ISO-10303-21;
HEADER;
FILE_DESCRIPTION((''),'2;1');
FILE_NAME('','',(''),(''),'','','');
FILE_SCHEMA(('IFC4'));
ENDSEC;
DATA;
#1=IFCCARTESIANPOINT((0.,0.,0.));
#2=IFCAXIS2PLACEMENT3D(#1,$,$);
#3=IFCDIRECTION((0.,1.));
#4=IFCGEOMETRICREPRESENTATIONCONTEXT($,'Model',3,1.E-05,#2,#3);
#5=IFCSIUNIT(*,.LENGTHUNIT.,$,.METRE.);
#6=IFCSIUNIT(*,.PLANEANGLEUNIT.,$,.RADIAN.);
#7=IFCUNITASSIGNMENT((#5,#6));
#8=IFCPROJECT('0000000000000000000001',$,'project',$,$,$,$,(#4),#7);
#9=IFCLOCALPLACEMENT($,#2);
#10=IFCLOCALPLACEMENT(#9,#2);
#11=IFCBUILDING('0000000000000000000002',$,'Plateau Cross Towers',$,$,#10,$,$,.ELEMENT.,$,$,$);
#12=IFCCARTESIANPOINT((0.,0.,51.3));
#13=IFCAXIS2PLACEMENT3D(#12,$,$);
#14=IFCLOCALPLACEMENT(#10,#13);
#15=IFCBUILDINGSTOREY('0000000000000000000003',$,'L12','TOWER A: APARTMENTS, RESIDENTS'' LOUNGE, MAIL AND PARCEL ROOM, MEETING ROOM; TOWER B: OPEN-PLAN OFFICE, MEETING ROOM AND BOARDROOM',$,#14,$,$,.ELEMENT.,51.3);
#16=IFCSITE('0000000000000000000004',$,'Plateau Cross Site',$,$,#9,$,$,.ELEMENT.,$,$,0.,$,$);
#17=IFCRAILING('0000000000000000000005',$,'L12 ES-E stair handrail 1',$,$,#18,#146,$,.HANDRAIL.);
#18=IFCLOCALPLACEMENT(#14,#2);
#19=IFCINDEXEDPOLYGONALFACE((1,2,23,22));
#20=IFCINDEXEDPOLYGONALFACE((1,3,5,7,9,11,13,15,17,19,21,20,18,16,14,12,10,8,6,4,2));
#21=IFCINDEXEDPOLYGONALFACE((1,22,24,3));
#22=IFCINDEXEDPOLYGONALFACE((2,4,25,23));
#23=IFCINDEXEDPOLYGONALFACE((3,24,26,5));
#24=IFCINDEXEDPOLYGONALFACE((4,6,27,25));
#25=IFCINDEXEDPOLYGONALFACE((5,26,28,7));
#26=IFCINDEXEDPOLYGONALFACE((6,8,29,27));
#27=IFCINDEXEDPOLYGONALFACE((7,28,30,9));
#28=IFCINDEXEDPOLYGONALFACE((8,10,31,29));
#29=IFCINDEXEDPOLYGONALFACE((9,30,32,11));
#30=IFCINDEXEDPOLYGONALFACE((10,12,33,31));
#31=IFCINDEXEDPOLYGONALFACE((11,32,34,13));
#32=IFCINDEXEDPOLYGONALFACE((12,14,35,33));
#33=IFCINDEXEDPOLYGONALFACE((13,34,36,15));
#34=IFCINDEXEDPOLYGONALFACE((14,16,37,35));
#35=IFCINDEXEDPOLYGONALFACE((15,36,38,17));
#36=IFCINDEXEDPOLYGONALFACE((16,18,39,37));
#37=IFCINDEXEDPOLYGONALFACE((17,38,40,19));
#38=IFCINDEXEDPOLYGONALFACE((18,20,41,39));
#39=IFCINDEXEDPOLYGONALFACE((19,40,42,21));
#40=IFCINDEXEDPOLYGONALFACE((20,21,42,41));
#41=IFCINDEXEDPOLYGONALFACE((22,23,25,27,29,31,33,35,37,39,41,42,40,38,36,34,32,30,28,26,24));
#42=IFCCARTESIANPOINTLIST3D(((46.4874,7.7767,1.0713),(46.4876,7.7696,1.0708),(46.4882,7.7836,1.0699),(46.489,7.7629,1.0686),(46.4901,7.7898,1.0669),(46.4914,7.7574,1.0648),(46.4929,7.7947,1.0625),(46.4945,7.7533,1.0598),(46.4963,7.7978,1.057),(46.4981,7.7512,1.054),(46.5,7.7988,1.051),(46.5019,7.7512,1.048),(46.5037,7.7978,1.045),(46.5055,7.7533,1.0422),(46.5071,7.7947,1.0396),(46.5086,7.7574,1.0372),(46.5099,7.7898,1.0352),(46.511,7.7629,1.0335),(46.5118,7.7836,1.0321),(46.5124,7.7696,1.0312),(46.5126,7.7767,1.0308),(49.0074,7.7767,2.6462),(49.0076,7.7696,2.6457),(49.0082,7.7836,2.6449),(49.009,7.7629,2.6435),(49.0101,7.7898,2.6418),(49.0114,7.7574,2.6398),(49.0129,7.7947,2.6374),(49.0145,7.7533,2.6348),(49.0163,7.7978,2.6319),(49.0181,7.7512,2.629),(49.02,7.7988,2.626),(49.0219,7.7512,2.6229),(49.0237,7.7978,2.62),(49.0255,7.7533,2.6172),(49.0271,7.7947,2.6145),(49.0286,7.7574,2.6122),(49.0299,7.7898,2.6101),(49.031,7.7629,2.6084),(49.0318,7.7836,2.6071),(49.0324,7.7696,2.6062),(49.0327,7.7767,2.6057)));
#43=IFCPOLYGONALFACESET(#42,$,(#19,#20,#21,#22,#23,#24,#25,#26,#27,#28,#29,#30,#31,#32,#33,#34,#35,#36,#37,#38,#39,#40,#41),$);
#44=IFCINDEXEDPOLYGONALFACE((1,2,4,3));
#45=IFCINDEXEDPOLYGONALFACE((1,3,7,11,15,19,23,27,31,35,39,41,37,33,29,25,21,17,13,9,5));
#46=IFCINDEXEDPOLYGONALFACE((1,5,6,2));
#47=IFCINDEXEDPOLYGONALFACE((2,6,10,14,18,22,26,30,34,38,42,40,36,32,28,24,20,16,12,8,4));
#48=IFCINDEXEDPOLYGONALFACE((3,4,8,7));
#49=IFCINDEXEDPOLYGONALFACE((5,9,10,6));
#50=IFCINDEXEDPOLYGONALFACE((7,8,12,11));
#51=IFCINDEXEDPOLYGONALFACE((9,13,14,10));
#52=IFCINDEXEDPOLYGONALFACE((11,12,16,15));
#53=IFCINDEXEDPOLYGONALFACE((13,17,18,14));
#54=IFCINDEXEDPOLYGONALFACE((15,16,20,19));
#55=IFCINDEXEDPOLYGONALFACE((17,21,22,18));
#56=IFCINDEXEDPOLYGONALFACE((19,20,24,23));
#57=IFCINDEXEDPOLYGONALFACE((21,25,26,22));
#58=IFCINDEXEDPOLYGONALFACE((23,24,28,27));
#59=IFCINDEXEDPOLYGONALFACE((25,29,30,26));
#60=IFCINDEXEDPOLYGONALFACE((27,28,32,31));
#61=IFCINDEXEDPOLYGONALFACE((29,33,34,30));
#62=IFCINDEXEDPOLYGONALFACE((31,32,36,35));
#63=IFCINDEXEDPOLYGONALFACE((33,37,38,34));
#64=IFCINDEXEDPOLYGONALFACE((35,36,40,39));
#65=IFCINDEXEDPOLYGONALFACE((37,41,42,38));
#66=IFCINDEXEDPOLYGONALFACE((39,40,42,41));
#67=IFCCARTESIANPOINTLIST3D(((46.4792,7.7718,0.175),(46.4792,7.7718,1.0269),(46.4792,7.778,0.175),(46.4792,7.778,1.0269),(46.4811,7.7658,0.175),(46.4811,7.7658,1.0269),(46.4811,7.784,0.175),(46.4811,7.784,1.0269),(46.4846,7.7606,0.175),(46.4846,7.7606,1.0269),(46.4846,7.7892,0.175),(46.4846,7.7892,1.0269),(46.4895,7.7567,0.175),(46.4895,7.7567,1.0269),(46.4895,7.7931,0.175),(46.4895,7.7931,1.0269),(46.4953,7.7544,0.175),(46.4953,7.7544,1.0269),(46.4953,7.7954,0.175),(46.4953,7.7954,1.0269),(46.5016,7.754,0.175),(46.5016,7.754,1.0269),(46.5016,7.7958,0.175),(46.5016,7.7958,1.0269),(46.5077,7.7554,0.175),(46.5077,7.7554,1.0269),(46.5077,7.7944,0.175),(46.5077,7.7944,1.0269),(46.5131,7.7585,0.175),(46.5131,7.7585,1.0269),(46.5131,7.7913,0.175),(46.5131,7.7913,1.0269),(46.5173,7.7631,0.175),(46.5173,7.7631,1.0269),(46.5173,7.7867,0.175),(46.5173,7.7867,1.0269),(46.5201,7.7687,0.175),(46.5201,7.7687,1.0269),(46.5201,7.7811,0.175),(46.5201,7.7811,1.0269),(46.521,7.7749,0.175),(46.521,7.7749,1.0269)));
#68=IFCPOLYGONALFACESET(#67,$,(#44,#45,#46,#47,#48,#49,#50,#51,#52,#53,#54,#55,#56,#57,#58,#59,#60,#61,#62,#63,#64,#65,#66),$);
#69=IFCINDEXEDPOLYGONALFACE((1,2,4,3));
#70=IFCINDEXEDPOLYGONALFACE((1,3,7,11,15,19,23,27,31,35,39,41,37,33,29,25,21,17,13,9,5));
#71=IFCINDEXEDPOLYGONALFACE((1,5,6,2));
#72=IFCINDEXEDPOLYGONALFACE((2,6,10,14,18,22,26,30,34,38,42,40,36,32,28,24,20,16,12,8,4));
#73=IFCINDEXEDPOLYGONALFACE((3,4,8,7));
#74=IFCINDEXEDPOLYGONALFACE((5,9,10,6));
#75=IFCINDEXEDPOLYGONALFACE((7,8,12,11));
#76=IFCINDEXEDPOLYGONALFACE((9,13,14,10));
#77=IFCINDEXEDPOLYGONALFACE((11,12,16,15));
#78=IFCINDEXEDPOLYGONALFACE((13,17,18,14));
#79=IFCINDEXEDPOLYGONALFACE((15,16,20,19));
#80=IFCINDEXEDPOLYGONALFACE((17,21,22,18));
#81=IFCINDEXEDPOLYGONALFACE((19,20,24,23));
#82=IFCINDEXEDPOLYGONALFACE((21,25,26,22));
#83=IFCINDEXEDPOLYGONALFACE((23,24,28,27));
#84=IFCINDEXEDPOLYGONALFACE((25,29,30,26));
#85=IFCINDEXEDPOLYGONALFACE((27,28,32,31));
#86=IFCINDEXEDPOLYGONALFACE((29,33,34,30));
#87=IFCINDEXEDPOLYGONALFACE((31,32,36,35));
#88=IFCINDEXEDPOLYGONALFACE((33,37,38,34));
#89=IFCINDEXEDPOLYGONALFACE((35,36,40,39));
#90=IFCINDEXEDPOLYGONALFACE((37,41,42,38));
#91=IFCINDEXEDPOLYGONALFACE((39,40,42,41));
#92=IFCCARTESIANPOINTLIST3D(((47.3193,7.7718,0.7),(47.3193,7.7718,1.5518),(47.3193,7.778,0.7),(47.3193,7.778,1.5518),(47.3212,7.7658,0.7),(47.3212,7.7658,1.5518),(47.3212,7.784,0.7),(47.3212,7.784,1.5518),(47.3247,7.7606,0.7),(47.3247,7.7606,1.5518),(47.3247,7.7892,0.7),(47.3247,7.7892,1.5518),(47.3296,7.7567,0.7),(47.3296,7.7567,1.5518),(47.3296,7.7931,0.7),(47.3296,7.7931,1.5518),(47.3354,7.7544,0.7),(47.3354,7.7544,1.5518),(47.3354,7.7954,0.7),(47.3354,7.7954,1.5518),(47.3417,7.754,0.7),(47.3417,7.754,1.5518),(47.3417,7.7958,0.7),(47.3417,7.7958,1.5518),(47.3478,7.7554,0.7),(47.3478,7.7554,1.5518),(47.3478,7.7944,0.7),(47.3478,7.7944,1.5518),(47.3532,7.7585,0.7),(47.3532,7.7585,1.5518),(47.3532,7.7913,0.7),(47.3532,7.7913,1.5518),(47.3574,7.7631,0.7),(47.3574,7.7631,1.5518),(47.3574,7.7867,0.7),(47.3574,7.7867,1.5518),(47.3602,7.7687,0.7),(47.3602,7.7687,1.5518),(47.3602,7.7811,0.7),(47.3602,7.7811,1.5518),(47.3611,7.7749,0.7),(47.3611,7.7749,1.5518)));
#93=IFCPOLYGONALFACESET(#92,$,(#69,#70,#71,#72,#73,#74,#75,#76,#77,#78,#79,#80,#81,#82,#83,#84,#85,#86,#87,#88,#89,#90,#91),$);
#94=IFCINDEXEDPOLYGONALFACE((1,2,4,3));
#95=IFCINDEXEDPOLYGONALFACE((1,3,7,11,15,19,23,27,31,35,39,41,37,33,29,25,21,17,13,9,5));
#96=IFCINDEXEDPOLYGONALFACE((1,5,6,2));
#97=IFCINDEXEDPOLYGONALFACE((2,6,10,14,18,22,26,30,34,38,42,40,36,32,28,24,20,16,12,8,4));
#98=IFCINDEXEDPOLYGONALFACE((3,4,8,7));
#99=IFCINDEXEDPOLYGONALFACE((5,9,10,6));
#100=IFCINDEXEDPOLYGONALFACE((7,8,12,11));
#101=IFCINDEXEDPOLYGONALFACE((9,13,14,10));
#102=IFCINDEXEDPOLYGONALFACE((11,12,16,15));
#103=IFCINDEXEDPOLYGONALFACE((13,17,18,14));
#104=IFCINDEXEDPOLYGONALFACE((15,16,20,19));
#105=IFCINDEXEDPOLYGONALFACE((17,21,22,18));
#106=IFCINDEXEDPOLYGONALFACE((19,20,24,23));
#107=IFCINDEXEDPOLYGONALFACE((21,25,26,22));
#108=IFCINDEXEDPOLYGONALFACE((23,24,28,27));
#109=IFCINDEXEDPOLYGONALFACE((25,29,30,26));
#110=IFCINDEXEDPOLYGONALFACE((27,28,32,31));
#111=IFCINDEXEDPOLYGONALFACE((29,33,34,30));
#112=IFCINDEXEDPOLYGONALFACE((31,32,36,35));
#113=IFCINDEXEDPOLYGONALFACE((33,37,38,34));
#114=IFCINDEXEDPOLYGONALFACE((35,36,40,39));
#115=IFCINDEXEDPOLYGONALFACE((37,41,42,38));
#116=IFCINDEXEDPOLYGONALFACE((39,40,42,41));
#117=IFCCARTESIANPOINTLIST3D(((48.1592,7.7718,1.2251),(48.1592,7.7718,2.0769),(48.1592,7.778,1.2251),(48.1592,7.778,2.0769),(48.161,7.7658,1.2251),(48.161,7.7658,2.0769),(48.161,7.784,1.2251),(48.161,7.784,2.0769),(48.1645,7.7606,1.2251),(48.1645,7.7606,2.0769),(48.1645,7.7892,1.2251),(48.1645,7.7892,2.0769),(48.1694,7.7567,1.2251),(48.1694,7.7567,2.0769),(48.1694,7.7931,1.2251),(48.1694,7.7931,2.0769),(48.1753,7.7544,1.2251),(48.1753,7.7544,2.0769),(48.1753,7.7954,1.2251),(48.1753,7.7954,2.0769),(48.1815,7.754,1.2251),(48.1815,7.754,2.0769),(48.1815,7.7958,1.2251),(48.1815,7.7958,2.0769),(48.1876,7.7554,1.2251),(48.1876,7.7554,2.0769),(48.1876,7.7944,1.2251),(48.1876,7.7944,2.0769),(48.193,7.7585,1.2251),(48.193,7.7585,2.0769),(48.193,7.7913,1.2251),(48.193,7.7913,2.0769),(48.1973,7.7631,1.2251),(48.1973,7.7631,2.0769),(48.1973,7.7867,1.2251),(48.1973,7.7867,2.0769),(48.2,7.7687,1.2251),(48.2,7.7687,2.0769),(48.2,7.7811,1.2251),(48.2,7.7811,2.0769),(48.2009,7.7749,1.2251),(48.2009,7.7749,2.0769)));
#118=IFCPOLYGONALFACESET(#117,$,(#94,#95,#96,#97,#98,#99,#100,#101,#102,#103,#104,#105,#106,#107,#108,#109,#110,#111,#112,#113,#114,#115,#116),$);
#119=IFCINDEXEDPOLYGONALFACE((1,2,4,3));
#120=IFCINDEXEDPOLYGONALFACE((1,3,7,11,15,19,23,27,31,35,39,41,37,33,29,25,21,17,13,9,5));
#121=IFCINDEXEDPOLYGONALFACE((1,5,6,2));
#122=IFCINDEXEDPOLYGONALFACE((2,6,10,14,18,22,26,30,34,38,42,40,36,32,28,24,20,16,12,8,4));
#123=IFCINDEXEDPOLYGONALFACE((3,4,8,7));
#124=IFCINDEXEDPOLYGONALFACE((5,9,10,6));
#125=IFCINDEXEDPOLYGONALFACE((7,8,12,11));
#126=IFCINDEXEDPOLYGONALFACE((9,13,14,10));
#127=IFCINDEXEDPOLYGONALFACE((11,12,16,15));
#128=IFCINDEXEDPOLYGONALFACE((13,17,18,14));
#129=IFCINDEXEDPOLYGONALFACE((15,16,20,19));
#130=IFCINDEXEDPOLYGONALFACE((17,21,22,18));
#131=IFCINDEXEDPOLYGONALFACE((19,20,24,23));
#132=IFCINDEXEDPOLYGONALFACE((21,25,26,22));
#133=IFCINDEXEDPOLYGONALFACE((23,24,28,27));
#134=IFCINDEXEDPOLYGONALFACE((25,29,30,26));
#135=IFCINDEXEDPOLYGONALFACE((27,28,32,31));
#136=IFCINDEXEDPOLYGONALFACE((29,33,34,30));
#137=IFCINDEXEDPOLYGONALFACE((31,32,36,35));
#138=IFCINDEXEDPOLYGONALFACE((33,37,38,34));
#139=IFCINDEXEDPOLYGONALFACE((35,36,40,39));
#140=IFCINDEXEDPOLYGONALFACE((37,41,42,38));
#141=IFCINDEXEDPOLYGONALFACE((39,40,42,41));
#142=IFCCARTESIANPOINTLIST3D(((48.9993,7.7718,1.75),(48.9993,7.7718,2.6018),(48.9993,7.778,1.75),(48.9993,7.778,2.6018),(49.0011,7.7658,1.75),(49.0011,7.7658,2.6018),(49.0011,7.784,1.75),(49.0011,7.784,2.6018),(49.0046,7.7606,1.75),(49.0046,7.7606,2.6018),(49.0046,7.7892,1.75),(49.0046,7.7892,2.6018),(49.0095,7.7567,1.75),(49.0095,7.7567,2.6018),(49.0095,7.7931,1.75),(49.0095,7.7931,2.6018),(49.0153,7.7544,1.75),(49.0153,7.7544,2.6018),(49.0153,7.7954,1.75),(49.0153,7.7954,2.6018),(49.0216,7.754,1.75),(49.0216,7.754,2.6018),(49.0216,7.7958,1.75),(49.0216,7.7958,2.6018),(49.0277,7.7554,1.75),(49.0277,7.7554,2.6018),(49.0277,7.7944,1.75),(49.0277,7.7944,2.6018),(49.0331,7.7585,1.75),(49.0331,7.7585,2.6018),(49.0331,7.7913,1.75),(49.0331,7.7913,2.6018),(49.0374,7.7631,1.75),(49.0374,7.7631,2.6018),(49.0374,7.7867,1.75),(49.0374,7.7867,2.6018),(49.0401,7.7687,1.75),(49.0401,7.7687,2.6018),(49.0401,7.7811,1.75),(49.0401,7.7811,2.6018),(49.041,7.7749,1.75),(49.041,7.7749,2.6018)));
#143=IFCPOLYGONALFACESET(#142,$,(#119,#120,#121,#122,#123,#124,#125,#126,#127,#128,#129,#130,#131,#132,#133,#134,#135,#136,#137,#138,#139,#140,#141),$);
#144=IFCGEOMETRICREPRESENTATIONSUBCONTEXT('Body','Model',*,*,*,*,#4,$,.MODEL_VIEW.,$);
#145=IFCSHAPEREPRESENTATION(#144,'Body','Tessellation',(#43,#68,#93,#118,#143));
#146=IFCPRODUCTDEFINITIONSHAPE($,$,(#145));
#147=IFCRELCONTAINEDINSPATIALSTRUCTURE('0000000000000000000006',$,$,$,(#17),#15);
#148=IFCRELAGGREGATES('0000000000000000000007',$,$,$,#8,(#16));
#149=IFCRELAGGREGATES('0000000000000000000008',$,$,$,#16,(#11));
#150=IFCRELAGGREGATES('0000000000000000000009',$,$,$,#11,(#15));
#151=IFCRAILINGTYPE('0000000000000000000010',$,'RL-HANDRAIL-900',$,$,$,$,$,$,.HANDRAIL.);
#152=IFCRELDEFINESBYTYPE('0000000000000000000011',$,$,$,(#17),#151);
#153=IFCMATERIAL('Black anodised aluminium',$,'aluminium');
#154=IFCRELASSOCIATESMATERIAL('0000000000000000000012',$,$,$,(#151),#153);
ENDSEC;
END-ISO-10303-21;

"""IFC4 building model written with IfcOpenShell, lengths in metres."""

from ifc_helpers import new_model, si_unit, direction, frame, origin, origin_2d, place, context, subcontext, project, spatial, circle, extrude, material, type_object, element, save


model = new_model("IFC4")

# Units and contexts
model_context = context("Model", 3, precision=1e-05, world=origin(), true_north=direction((0.0, 1.0)))
body_context = subcontext(model_context, "Body", "Model", "MODEL_VIEW")
ifc_project = project(units=[si_unit("LENGTHUNIT", "METRE"), si_unit("PLANEANGLEUNIT", "RADIAN")], contexts=[model_context])

# Site, building, storey
site_placement = place(None, origin())
site = spatial("IfcSite", under=ifc_project, at=site_placement, Name="Plateau Cross Site", CompositionType="ELEMENT", RefElevation=0.0)
building_placement = place(site_placement, origin())
building = spatial("IfcBuilding", under=site, at=building_placement, Name="Plateau Cross Towers", CompositionType="ELEMENT")
storey_placement = place(building_placement, frame((0.0, 0.0, 51.3)))
storey = spatial("IfcBuildingStorey", under=building, at=storey_placement, Name="L12", Description="TOWER A: APARTMENTS, RESIDENTS' LOUNGE, MAIL AND PARCEL ROOM, MEETING ROOM; TOWER B: OPEN-PLAN OFFICE, MEETING ROOM AND BOARDROOM", CompositionType="ELEMENT", Elevation=51.3)

# Shared definitions
ifc_material_1 = material(Name="Black anodised aluminium", Category="aluminium")

# Railing
railing_type_1 = type_object("IfcRailingType", Name="RL-HANDRAIL-900", PredefinedType="HANDRAIL", material=ifc_material_1)
railing_1_placement = place(storey_placement, frame((46.5, 7.7749, 0.175)))
element("IfcRailing", 1, at=railing_1_placement, inside=storey, type_object=railing_type_1, Name="L12 ES-E stair handrail 1", PredefinedType="HANDRAIL", context=body_context, shape_type="SweptSolid", body=[
    extrude(circle(Radius=0.0239, at=origin_2d()), frame((0.0, 0.0, 0.876), z_axis=(0.848008, 0.0, 0.529984), x_axis=(0.0, 1.0, 0.0)), (0.0, 0.0, 1.0), 2.9717),
    extrude(circle(Radius=0.021, at=origin_2d()), origin(), (0.0, 0.0, 1.0), 0.8518),
    extrude(circle(Radius=0.021, at=origin_2d()), frame((0.8401, 0.0, 0.5249)), (0.0, 0.0, 1.0), 0.8518),
    extrude(circle(Radius=0.021, at=origin_2d()), frame((1.6799, 0.0, 1.05)), (0.0, 0.0, 1.0), 0.8518),
    extrude(circle(Radius=0.021, at=origin_2d()), frame((2.52, 0.0, 1.575)), (0.0, 0.0, 1.0), 0.8518),
])

save(model, "model.ifc")
